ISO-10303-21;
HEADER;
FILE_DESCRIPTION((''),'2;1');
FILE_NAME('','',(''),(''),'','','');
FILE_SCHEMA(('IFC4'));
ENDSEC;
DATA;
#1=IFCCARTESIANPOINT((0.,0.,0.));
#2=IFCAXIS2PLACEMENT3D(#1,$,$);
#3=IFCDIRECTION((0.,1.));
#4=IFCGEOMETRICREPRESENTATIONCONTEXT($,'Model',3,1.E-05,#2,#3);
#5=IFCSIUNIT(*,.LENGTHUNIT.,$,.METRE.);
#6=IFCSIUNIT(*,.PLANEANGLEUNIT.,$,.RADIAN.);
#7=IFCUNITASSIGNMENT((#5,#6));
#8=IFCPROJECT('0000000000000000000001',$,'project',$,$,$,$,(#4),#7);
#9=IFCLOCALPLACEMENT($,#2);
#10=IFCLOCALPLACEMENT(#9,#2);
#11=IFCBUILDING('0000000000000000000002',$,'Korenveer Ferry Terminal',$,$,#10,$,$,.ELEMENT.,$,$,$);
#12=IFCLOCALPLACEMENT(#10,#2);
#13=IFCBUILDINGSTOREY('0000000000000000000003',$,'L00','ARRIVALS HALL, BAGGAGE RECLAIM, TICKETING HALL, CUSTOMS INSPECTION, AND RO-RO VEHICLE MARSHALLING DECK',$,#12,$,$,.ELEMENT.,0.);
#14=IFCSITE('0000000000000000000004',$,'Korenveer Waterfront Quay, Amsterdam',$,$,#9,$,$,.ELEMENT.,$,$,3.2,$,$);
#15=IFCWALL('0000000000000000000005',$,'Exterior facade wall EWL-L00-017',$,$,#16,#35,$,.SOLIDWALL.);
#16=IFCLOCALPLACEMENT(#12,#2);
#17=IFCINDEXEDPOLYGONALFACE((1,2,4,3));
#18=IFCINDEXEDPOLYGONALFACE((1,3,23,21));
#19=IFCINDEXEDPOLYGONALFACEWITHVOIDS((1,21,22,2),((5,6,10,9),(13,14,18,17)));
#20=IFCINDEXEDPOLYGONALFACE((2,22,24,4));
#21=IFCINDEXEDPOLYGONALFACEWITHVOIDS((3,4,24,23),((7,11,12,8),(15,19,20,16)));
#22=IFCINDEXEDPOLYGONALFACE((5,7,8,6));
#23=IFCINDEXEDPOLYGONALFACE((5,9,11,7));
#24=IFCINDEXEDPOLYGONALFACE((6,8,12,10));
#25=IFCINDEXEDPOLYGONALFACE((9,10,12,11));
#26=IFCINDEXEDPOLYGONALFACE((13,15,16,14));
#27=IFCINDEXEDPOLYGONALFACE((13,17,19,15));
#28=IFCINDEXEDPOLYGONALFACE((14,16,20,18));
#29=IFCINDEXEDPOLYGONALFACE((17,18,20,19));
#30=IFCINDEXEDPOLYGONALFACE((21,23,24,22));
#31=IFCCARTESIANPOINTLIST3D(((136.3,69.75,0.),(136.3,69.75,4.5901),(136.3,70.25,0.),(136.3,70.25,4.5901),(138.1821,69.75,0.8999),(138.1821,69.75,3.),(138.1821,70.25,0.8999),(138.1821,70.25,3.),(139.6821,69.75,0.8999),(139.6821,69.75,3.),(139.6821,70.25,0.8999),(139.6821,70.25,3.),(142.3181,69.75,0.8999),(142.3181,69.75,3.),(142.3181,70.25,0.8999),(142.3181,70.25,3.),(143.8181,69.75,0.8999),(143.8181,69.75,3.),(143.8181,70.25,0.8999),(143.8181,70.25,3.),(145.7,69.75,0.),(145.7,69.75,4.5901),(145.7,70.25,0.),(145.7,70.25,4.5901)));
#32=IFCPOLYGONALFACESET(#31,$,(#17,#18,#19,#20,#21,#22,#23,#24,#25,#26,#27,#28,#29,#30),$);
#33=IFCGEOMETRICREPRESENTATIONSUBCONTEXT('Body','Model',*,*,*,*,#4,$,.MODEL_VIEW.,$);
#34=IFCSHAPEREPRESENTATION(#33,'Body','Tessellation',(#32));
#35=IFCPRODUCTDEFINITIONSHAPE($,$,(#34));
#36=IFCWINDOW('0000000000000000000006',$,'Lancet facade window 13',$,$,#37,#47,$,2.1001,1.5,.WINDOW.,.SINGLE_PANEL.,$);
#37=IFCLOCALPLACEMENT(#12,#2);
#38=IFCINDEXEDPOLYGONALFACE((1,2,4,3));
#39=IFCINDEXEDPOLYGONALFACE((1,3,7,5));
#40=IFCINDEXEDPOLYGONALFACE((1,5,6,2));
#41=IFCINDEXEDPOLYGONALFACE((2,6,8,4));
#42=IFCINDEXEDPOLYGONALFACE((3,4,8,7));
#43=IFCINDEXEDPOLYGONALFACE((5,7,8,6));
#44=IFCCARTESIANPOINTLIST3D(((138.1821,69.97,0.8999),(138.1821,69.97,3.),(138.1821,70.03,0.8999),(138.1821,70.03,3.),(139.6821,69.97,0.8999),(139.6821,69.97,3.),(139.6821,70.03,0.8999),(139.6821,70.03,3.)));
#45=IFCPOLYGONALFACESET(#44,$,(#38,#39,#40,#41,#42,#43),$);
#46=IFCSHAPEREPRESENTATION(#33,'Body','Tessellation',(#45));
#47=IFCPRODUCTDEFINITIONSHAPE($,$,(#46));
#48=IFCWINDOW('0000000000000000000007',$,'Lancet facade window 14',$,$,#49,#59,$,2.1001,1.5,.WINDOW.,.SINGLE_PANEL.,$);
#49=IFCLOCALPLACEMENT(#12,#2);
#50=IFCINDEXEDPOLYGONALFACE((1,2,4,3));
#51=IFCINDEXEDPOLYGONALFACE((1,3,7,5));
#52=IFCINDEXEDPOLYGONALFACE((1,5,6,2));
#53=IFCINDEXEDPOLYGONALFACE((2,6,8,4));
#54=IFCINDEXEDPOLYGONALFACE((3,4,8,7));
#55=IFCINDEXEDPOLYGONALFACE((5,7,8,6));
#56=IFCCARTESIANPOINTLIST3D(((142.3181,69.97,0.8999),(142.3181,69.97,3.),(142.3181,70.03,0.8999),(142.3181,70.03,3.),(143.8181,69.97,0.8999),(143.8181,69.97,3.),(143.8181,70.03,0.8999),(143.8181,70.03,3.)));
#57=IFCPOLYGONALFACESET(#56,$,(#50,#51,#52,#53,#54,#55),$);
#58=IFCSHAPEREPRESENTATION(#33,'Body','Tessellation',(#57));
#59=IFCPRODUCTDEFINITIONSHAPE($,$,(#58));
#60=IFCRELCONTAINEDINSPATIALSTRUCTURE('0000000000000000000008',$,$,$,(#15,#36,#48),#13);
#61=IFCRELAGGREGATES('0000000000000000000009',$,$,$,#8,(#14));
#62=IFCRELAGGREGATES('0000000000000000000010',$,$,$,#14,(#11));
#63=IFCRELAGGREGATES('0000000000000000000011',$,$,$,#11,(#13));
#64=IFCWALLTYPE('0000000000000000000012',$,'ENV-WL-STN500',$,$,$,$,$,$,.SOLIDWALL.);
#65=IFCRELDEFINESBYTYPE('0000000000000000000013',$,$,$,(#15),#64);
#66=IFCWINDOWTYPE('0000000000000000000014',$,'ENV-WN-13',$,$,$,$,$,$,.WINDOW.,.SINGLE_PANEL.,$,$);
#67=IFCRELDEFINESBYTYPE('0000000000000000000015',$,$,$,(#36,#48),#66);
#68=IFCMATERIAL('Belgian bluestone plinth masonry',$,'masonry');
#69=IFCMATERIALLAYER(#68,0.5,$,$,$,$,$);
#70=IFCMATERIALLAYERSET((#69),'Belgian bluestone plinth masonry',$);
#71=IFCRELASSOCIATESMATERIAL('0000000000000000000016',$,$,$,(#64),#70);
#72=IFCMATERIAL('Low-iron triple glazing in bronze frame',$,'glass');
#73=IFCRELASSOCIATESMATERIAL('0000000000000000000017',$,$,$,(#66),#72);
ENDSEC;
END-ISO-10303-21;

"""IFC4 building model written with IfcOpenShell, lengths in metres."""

from ifc_helpers import new_model, si_unit, direction, frame, frame_2d, origin, place, context, subcontext, project, spatial, rectangle, extrude, material, layer, layer_set, type_object, element, fill, save


model = new_model("IFC4")

# Units and contexts
model_context = context("Model", 3, precision=1e-05, world=origin(), true_north=direction((0.0, 1.0)))
body_context = subcontext(model_context, "Body", "Model", "MODEL_VIEW")
ifc_project = project(units=[si_unit("LENGTHUNIT", "METRE"), si_unit("PLANEANGLEUNIT", "RADIAN")], contexts=[model_context])

# Site, building, storey
site_placement = place(None, origin())
site = spatial("IfcSite", under=ifc_project, at=site_placement, Name="Korenveer Waterfront Quay, Amsterdam", CompositionType="ELEMENT", RefElevation=3.2)
building_placement = place(site_placement, origin())
building = spatial("IfcBuilding", under=site, at=building_placement, Name="Korenveer Ferry Terminal", CompositionType="ELEMENT")
storey_placement = place(building_placement, origin())
storey = spatial("IfcBuildingStorey", under=building, at=storey_placement, Name="L00", Description="ARRIVALS HALL, BAGGAGE RECLAIM, TICKETING HALL, CUSTOMS INSPECTION, AND RO-RO VEHICLE MARSHALLING DECK", CompositionType="ELEMENT", Elevation=0.0)

# Wall, openings, windows
ifc_material_1 = material(Name="Belgian bluestone plinth masonry", Category="masonry")
ifc_layer_1 = layer(ifc_material_1, 0.5)
ifc_layer_set_1 = layer_set([ifc_layer_1], Name="Belgian bluestone plinth masonry")
wall_type = type_object("IfcWallType", Name="ENV-WL-STN500", PredefinedType="SOLIDWALL", material=ifc_layer_set_1)
wall_placement = place(storey_placement, frame((136.3, 70.0, 0.0), z_axis=(0.0, 0.0, 1.0), x_axis=(1.0, 0.0, 0.0)))
wall = element("IfcWall", 1, at=wall_placement, inside=storey, type_object=wall_type, Name="Exterior facade wall EWL-L00-017", PredefinedType="SOLIDWALL", context=body_context, shape_type="SweptSolid", body=[
    extrude(rectangle(XDim=9.3999, YDim=0.5, at=frame_2d((4.7, 0.0))), origin(), (0.0, 0.0, 1.0), 4.5901),
])
opening_1_placement = place(wall_placement, frame((1.8821, 0.0, 0.8999)))
opening_1 = element("IfcOpeningElement", 2, at=opening_1_placement, cuts=wall, PredefinedType="OPENING", context=body_context, shape_type="SweptSolid", body=[
    extrude(rectangle(XDim=1.5, YDim=2.1001, at=frame_2d((0.75, 1.05))), frame((0.0, 0.26, 0.0), z_axis=(0.0, -1.0, 0.0), x_axis=(1.0, 0.0, 0.0)), (0.0, 0.0, 1.0), 0.52),
])
opening_2_placement = place(wall_placement, frame((6.0181, 0.0, 0.8999)))
opening_2 = element("IfcOpeningElement", 3, at=opening_2_placement, cuts=wall, PredefinedType="OPENING", context=body_context, shape_type="SweptSolid", body=[
    extrude(rectangle(XDim=1.5, YDim=2.1001, at=frame_2d((0.75, 1.05))), frame((0.0, 0.26, 0.0), z_axis=(0.0, -1.0, 0.0), x_axis=(1.0, 0.0, 0.0)), (0.0, 0.0, 1.0), 0.52),
])
ifc_material_2 = material(Name="Low-iron triple glazing in bronze frame", Category="glass")
window_type = type_object("IfcWindowType", Name="ENV-WN-13", PartitioningType="SINGLE_PANEL", PredefinedType="WINDOW", material=ifc_material_2)
window_1_placement = place(opening_1_placement, origin())
window_1 = element("IfcWindow", 4, at=window_1_placement, inside=storey, type_object=window_type, Name="Lancet facade window 13", OverallHeight=2.1001, OverallWidth=1.5, PartitioningType="SINGLE_PANEL", PredefinedType="WINDOW", context=body_context, shape_type="SweptSolid", body=[
    extrude(rectangle(XDim=1.5, YDim=2.1001, at=frame_2d((0.75, 1.05))), frame((0.0, 0.03, 0.0), z_axis=(0.0, -1.0, 0.0), x_axis=(1.0, 0.0, 0.0)), (0.0, 0.0, 1.0), 0.0601),
])
fill(opening_1, window_1)
window_2_placement = place(opening_2_placement, origin())
window_2 = element("IfcWindow", 5, at=window_2_placement, inside=storey, type_object=window_type, Name="Lancet facade window 14", OverallHeight=2.1001, OverallWidth=1.5, PartitioningType="SINGLE_PANEL", PredefinedType="WINDOW", context=body_context, shape_type="SweptSolid", body=[
    extrude(rectangle(XDim=1.5, YDim=2.1001, at=frame_2d((0.75, 1.05))), frame((0.0, 0.03, 0.0), z_axis=(0.0, -1.0, 0.0), x_axis=(1.0, 0.0, 0.0)), (0.0, 0.0, 1.0), 0.0601),
])
fill(opening_2, window_2)

save(model, "model.ifc")
